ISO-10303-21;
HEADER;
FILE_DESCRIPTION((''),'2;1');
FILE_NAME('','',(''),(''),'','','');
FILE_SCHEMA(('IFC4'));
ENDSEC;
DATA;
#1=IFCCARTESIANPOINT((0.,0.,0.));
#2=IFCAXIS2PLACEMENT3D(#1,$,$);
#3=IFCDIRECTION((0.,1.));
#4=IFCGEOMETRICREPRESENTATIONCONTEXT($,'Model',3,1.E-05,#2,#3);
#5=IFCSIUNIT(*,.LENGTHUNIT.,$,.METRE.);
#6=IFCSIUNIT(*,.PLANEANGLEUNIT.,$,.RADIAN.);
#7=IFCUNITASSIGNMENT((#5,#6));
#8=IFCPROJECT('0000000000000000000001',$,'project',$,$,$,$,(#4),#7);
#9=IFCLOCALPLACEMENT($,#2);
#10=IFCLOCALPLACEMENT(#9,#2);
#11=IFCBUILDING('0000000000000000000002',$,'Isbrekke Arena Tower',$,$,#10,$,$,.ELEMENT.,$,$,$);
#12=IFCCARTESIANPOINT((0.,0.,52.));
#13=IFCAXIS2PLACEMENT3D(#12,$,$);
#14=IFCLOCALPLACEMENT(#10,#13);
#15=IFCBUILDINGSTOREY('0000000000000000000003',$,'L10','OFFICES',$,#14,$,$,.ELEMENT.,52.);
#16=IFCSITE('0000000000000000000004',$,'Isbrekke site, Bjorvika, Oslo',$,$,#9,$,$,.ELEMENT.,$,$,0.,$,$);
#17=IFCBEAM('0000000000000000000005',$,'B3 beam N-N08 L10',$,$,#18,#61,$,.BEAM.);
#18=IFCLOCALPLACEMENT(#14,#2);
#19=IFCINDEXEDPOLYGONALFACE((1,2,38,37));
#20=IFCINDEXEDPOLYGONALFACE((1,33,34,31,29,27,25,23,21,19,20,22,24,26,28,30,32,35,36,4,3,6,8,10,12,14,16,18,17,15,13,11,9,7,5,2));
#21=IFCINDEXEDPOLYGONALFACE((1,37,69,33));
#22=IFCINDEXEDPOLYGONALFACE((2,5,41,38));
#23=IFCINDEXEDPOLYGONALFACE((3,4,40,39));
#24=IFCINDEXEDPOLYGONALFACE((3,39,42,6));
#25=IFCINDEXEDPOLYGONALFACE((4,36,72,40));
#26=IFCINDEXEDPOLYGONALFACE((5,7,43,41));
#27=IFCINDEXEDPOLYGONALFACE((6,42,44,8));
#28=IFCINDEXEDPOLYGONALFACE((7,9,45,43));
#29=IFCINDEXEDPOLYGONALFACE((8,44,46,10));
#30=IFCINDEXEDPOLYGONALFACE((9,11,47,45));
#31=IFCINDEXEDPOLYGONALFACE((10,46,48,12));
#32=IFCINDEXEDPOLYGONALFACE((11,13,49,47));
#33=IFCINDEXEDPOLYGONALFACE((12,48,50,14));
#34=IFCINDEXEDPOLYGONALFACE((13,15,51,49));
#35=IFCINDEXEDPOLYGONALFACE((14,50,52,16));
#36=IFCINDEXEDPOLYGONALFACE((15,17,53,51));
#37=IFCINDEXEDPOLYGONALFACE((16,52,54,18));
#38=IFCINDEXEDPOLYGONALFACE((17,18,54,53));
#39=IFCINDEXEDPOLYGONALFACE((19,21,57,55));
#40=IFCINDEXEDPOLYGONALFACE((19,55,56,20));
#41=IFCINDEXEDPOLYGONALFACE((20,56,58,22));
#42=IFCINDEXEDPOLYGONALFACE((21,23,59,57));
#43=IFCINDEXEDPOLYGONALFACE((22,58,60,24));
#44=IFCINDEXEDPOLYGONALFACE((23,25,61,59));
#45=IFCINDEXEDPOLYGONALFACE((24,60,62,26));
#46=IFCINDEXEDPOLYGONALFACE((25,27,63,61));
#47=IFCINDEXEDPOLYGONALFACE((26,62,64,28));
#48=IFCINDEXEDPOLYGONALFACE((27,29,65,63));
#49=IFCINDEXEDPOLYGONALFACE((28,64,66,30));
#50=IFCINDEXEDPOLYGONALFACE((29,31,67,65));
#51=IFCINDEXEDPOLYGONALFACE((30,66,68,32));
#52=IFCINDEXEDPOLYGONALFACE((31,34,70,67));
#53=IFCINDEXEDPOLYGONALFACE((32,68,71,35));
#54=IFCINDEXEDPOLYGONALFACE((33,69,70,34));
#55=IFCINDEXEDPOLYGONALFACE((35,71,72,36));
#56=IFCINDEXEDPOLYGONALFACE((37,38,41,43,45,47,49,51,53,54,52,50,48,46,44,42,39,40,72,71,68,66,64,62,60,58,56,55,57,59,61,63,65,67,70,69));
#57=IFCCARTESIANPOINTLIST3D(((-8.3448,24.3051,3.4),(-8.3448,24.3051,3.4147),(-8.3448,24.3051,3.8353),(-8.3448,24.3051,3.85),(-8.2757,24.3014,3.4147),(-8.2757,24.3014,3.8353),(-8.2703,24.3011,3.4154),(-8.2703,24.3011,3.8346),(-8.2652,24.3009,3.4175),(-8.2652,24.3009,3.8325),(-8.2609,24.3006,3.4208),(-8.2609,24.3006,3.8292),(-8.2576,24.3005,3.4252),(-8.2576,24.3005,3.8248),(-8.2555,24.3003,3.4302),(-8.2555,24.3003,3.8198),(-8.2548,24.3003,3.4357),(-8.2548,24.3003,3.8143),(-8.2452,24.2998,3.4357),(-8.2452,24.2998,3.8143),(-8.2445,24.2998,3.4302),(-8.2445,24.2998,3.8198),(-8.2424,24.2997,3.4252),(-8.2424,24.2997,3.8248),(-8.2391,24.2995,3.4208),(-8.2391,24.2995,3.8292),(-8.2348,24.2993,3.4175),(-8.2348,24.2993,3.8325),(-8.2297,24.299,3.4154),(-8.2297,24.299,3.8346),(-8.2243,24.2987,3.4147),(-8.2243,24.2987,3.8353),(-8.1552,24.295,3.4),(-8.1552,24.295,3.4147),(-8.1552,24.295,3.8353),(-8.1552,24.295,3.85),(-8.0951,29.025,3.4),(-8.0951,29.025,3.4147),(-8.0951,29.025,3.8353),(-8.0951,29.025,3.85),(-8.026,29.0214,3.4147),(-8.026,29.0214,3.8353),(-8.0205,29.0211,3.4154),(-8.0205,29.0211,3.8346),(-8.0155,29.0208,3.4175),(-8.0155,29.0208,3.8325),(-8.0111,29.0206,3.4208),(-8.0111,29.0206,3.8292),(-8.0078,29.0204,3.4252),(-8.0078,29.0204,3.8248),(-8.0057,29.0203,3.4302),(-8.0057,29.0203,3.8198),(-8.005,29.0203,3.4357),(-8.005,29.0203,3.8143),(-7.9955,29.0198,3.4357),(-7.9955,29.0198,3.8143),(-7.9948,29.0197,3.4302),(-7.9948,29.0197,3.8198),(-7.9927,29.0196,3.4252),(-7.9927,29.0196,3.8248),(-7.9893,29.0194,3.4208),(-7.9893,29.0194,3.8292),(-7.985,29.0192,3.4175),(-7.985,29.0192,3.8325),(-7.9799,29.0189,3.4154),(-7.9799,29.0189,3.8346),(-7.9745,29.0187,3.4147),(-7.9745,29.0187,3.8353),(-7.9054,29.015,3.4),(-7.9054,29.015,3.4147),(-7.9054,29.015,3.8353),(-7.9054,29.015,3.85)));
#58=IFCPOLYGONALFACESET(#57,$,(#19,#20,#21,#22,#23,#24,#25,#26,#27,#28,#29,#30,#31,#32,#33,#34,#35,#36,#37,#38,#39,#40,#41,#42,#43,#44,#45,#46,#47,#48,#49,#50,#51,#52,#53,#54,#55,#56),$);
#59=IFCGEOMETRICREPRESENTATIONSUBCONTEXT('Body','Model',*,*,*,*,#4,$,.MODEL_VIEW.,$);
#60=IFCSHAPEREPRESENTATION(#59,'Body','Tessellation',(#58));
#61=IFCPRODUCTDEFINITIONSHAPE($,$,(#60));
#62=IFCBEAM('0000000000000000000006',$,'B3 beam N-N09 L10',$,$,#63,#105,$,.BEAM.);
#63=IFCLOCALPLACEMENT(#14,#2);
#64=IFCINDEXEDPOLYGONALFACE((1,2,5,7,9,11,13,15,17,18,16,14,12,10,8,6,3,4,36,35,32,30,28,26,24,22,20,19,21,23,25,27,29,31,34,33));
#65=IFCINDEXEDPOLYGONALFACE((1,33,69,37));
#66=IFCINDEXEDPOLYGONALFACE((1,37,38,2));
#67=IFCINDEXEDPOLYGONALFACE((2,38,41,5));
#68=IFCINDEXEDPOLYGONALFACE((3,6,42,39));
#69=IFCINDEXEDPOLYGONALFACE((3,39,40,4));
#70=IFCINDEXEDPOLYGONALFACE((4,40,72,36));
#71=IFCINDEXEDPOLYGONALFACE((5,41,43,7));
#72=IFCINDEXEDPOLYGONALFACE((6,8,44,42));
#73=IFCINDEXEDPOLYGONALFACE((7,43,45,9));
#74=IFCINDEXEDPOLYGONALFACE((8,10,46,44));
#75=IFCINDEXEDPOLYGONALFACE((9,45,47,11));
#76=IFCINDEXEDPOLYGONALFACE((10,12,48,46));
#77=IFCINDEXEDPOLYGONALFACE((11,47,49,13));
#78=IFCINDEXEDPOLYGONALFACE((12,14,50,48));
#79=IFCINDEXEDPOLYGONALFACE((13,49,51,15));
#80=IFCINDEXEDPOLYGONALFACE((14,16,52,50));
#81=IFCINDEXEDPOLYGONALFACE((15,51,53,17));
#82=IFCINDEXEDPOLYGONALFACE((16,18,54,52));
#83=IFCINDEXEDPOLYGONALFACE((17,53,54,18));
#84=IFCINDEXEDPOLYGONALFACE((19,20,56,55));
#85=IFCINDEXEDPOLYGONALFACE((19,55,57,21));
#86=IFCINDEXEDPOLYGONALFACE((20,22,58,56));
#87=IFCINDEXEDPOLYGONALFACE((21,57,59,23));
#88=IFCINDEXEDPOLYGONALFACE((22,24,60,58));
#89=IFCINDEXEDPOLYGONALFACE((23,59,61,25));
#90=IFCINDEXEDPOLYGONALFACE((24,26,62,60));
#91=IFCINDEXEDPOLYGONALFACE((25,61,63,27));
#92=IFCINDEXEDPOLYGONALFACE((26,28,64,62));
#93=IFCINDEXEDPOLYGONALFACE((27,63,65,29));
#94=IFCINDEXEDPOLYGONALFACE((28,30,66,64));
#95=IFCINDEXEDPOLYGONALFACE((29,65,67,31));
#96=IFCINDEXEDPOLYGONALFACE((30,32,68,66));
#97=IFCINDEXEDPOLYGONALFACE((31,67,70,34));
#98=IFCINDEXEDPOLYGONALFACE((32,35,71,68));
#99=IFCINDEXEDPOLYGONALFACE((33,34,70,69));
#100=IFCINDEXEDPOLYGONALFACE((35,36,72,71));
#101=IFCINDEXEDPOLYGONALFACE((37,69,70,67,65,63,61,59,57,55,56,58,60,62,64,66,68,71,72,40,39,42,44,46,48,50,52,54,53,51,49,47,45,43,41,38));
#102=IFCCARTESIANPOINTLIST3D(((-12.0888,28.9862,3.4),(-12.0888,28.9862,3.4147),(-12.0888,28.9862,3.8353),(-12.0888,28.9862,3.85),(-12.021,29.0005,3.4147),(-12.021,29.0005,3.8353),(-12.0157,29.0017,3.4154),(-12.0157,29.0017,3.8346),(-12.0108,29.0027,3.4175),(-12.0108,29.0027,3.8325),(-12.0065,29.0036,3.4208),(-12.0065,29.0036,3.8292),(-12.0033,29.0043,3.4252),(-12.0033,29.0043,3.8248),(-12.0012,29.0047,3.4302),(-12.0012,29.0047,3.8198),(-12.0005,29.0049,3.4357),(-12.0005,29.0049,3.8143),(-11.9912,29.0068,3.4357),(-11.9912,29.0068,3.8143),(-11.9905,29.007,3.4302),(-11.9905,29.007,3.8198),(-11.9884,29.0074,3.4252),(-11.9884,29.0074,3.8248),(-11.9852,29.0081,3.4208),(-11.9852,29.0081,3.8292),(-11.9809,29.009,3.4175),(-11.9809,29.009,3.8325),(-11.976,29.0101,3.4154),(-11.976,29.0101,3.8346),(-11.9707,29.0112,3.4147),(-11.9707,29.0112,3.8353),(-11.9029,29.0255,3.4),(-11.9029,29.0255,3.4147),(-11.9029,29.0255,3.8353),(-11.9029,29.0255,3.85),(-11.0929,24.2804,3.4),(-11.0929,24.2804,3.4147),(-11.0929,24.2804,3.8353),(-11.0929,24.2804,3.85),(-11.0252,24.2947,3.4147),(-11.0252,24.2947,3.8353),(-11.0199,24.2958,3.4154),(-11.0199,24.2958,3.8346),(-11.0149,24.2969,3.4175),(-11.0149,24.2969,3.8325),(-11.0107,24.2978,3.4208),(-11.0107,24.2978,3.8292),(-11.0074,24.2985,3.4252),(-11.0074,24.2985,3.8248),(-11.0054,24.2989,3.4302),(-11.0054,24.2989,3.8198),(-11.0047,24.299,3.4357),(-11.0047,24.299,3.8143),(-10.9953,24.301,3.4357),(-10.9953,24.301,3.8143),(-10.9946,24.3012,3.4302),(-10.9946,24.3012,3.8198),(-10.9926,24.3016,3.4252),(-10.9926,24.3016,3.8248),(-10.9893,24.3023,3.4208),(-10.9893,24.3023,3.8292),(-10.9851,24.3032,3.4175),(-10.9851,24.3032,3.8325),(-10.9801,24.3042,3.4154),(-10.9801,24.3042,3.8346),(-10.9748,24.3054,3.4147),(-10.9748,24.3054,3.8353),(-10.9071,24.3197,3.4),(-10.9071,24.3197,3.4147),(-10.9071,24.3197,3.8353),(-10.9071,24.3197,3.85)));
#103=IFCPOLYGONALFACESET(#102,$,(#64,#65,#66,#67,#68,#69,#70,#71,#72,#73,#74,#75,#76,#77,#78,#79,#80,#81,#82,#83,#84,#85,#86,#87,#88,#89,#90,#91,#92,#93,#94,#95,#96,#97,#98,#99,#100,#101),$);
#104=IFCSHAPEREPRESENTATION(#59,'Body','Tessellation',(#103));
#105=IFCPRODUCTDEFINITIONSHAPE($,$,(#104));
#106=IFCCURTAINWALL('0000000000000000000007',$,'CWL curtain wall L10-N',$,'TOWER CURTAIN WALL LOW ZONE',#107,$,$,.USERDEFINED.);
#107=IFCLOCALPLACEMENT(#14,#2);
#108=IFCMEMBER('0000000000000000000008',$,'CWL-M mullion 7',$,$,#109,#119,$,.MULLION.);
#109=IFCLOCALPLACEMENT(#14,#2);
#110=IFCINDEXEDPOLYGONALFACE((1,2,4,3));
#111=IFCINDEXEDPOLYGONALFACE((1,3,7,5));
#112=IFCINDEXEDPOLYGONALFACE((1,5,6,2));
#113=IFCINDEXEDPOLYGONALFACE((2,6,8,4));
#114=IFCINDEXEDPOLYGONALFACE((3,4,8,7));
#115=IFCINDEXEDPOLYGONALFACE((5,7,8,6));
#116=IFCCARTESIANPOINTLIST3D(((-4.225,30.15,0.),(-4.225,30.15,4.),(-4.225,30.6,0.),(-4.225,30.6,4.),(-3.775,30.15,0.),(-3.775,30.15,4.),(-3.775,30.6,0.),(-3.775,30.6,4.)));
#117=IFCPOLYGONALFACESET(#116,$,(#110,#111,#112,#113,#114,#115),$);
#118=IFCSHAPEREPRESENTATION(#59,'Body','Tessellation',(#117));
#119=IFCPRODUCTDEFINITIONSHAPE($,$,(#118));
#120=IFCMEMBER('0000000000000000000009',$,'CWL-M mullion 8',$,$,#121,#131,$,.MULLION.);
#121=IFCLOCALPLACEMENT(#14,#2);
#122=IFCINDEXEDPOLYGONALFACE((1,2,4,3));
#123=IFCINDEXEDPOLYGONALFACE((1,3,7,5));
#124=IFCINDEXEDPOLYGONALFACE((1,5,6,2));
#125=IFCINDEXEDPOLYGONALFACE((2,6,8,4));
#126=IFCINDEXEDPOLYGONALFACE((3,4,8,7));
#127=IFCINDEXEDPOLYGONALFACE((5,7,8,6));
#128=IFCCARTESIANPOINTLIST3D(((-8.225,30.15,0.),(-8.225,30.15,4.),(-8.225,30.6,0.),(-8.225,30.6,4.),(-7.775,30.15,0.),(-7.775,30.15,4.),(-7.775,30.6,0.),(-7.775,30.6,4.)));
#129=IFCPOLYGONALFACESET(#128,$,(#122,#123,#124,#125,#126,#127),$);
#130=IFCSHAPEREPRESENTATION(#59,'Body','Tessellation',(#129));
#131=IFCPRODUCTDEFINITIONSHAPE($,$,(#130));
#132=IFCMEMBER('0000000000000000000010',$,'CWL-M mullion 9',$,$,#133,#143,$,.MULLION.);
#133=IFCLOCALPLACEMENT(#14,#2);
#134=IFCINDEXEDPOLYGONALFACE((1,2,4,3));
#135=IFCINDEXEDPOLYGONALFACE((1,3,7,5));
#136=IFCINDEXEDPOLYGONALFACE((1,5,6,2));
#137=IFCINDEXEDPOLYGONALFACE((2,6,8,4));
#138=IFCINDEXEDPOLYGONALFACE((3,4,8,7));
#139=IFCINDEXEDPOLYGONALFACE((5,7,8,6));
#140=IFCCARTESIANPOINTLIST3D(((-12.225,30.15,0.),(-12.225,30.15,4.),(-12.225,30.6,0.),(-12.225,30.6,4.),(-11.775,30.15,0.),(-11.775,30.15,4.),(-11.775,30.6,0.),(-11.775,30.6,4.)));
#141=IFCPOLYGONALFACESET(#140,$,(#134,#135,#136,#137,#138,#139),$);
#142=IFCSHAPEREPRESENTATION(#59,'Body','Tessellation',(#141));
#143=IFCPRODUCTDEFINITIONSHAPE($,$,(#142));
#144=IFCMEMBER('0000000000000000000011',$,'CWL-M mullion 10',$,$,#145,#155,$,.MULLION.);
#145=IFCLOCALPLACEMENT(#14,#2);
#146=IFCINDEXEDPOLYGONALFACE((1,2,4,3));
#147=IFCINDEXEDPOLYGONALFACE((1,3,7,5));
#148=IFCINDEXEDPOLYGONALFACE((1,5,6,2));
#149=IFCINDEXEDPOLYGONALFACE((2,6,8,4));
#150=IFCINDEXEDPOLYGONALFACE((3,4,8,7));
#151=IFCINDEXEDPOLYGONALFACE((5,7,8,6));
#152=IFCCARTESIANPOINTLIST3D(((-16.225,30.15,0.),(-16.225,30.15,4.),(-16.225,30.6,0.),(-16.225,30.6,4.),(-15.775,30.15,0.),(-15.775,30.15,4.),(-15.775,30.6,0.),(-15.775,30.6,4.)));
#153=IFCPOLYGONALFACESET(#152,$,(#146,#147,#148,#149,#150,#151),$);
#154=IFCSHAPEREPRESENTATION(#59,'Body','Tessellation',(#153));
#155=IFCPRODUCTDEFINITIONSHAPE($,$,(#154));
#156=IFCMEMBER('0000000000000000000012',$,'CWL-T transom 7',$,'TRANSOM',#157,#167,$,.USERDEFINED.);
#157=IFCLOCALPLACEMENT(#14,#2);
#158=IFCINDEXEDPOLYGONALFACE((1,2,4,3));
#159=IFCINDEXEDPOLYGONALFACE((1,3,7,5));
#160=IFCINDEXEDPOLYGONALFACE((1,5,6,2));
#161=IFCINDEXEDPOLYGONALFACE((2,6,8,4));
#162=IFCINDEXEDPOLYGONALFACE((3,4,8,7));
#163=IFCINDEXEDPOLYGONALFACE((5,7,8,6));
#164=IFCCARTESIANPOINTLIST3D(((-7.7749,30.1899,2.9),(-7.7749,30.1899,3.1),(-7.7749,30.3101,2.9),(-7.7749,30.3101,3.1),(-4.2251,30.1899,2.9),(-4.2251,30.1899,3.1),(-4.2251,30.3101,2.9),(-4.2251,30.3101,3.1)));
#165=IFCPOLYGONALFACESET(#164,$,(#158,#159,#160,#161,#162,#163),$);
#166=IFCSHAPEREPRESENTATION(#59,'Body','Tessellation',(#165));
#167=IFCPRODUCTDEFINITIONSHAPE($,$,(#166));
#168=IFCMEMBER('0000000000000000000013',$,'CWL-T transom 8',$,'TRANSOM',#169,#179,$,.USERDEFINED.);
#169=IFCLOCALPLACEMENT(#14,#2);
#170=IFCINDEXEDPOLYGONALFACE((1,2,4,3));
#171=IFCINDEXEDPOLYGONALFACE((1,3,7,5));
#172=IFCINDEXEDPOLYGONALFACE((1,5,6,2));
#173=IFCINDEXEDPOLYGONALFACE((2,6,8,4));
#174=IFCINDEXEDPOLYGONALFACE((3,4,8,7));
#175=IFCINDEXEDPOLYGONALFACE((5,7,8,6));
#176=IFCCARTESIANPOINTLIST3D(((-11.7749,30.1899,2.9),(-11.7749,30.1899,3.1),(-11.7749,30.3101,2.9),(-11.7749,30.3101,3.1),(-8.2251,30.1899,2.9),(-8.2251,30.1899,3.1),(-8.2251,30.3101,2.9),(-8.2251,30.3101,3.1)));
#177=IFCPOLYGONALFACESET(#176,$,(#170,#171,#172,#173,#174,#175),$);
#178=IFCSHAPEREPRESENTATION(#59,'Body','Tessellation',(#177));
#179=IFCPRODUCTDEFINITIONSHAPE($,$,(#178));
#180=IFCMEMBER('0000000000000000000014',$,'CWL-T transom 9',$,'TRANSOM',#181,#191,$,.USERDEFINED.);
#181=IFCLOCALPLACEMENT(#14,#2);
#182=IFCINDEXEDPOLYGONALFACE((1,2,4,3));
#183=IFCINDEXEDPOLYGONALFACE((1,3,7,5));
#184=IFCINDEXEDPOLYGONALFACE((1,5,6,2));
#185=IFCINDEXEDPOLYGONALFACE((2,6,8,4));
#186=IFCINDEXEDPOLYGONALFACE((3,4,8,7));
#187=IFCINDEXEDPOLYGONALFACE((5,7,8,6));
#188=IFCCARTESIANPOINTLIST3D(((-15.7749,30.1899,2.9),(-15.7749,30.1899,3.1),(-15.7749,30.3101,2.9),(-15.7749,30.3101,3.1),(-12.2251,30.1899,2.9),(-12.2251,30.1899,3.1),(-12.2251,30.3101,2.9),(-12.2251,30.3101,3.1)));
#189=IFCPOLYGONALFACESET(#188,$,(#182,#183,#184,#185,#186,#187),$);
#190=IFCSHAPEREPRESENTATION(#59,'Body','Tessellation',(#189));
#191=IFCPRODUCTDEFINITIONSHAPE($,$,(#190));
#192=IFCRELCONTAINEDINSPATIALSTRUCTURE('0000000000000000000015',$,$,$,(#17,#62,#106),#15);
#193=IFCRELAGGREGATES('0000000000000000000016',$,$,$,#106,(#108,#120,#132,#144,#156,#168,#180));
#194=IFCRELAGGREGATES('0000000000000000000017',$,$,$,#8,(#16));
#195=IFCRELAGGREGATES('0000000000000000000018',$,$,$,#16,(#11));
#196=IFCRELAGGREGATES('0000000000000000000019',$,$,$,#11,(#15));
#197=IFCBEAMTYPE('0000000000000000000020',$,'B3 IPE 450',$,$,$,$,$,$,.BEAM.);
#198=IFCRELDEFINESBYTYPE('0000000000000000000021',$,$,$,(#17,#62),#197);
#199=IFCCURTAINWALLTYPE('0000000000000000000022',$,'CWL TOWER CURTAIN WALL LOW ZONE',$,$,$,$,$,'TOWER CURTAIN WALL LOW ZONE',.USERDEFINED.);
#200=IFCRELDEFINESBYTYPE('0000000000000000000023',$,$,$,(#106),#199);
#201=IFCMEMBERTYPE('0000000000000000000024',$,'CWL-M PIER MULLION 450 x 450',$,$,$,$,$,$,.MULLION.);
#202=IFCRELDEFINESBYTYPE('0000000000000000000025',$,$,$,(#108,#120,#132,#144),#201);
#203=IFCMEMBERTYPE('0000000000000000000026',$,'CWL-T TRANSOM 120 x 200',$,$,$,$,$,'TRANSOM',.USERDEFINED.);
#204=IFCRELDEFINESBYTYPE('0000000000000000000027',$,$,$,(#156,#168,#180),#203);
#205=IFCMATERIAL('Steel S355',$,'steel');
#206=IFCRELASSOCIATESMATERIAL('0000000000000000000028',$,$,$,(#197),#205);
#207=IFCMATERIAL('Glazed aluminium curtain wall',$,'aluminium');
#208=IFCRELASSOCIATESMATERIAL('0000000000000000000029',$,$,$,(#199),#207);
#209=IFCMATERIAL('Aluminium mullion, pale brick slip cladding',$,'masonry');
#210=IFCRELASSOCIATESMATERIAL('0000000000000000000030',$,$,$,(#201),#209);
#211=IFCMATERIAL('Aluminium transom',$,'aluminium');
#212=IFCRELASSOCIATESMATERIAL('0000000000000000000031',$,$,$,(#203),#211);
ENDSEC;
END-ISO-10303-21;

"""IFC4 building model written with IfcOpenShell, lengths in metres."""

from ifc_helpers import new_model, si_unit, direction, frame, origin, origin_2d, place, context, subcontext, project, spatial, rectangle, i_section, extrude, material, material_profile, profile_set, type_object, element, aggregate, save


model = new_model("IFC4")

# Units and contexts
model_context = context("Model", 3, precision=1e-05, world=origin(), true_north=direction((0.0, 1.0)))
body_context = subcontext(model_context, "Body", "Model", "MODEL_VIEW")
ifc_project = project(units=[si_unit("LENGTHUNIT", "METRE"), si_unit("PLANEANGLEUNIT", "RADIAN")], contexts=[model_context])

# Site, building, storey
site_placement = place(None, origin())
site = spatial("IfcSite", under=ifc_project, at=site_placement, Name="Isbrekke site, Bjorvika, Oslo", CompositionType="ELEMENT", RefElevation=0.0)
building_placement = place(site_placement, origin())
building = spatial("IfcBuilding", under=site, at=building_placement, Name="Isbrekke Arena Tower", CompositionType="ELEMENT")
storey_placement = place(building_placement, frame((0.0, 0.0, 52.0)))
storey = spatial("IfcBuildingStorey", under=building, at=storey_placement, Name="L10", Description="OFFICES", CompositionType="ELEMENT", Elevation=52.0)

# Beams
ifc_material_1 = material(Name="Steel S355", Category="steel")
ifc_material_profile_1 = material_profile(ifc_material_1, i_section(OverallWidth=0.1899, OverallDepth=0.45, WebThickness=0.0095, FlangeThickness=0.0146, FilletRadius=0.021, at=origin_2d()), Name="IPE 450")
ifc_profile_set_1 = profile_set([ifc_material_profile_1], Name="Steel S355")
beam_type_1 = type_object("IfcBeamType", Name="B3 IPE 450", PredefinedType="BEAM", material=ifc_profile_set_1)
beam_1_placement = place(storey_placement, frame((-8.0002, 29.02, 3.625), z_axis=(-0.052841, -0.998603, 0.0), x_axis=(0.998603, -0.052841, 0.0)))
element("IfcBeam", 1, at=beam_1_placement, inside=storey, type_object=beam_type_1, Name="B3 beam N-N08 L10", PredefinedType="BEAM", context=body_context, shape_type="SweptSolid", body=[
    extrude(i_section(OverallWidth=0.1899, OverallDepth=0.45, WebThickness=0.0095, FlangeThickness=0.0146, FilletRadius=0.021, at=origin_2d()), origin(), (0.0, 0.0, 1.0), 4.7266),
])
beam_2_placement = place(storey_placement, frame((-11.9958, 29.0059, 3.625), z_axis=(0.207036, -0.978333, 0.0), x_axis=(0.978333, 0.207036, 0.0)))
element("IfcBeam", 2, at=beam_2_placement, inside=storey, type_object=beam_type_1, Name="B3 beam N-N09 L10", PredefinedType="BEAM", context=body_context, shape_type="SweptSolid", body=[
    extrude(i_section(OverallWidth=0.1899, OverallDepth=0.45, WebThickness=0.0095, FlangeThickness=0.0146, FilletRadius=0.021, at=origin_2d()), origin(), (0.0, 0.0, 1.0), 4.8101),
])

# Curtain wall, members
ifc_material_2 = material(Name="Glazed aluminium curtain wall", Category="aluminium")
curtain_wall_type = type_object("IfcCurtainWallType", Name="CWL TOWER CURTAIN WALL LOW ZONE", ElementType="TOWER CURTAIN WALL LOW ZONE", PredefinedType="USERDEFINED", material=ifc_material_2)
curtain_wall_placement = place(storey_placement, origin())
curtain_wall = element("IfcCurtainWall", 3, at=curtain_wall_placement, inside=storey, type_object=curtain_wall_type, Name="CWL curtain wall L10-N", ObjectType="TOWER CURTAIN WALL LOW ZONE", PredefinedType="USERDEFINED")
ifc_material_3 = material(Name="Aluminium mullion, pale brick slip cladding", Category="masonry")
ifc_material_profile_2 = material_profile(ifc_material_3, rectangle(XDim=0.45, YDim=0.45, at=origin_2d()), Name="PIER 450X450")
ifc_profile_set_2 = profile_set([ifc_material_profile_2], Name="Aluminium mullion, pale brick slip cladding")
member_type_1 = type_object("IfcMemberType", Name="CWL-M PIER MULLION 450 x 450", PredefinedType="MULLION", material=ifc_profile_set_2)
member_1_placement = place(storey_placement, frame((-4.0, 30.375, 0.0), z_axis=(0.0, 0.0, 1.0), x_axis=(-1.0, 0.0, 0.0)))
member_1 = element("IfcMember", 4, at=member_1_placement, type_object=member_type_1, Name="CWL-M mullion 7", PredefinedType="MULLION", context=body_context, shape_type="SweptSolid", body=[
    extrude(rectangle(XDim=0.45, YDim=0.45, at=origin_2d()), origin(), (0.0, 0.0, 1.0), 4.0),
])
member_2_placement = place(storey_placement, frame((-8.0, 30.375, 0.0), z_axis=(0.0, 0.0, 1.0), x_axis=(-1.0, 0.0, 0.0)))
member_2 = element("IfcMember", 5, at=member_2_placement, type_object=member_type_1, Name="CWL-M mullion 8", PredefinedType="MULLION", context=body_context, shape_type="SweptSolid", body=[
    extrude(rectangle(XDim=0.45, YDim=0.45, at=origin_2d()), origin(), (0.0, 0.0, 1.0), 4.0),
])
member_3_placement = place(storey_placement, frame((-12.0, 30.375, 0.0), z_axis=(0.0, 0.0, 1.0), x_axis=(-1.0, 0.0, 0.0)))
member_3 = element("IfcMember", 6, at=member_3_placement, type_object=member_type_1, Name="CWL-M mullion 9", PredefinedType="MULLION", context=body_context, shape_type="SweptSolid", body=[
    extrude(rectangle(XDim=0.45, YDim=0.45, at=origin_2d()), origin(), (0.0, 0.0, 1.0), 4.0),
])
member_4_placement = place(storey_placement, frame((-16.0, 30.375, 0.0), z_axis=(0.0, 0.0, 1.0), x_axis=(-1.0, 0.0, 0.0)))
member_4 = element("IfcMember", 7, at=member_4_placement, type_object=member_type_1, Name="CWL-M mullion 10", PredefinedType="MULLION", context=body_context, shape_type="SweptSolid", body=[
    extrude(rectangle(XDim=0.45, YDim=0.45, at=origin_2d()), origin(), (0.0, 0.0, 1.0), 4.0),
])
ifc_material_4 = material(Name="Aluminium transom", Category="aluminium")
ifc_material_profile_3 = material_profile(ifc_material_4, rectangle(XDim=0.1201, YDim=0.2, at=origin_2d()), Name="TRANSOM 120X200")
ifc_profile_set_3 = profile_set([ifc_material_profile_3], Name="Aluminium transom")
member_type_2 = type_object("IfcMemberType", Name="CWL-T TRANSOM 120 x 200", ElementType="TRANSOM", PredefinedType="USERDEFINED", material=ifc_profile_set_3)
member_5_placement = place(storey_placement, frame((-4.2251, 30.25, 3.0), z_axis=(-1.0, 0.0, 0.0), x_axis=(0.0, -1.0, 0.0)))
member_5 = element("IfcMember", 8, at=member_5_placement, type_object=member_type_2, Name="CWL-T transom 7", ObjectType="TRANSOM", PredefinedType="USERDEFINED", context=body_context, shape_type="SweptSolid", body=[
    extrude(rectangle(XDim=0.1201, YDim=0.2, at=origin_2d()), origin(), (0.0, 0.0, 1.0), 3.5498),
])
member_6_placement = place(storey_placement, frame((-8.2251, 30.25, 3.0), z_axis=(-1.0, 0.0, 0.0), x_axis=(0.0, -1.0, 0.0)))
member_6 = element("IfcMember", 9, at=member_6_placement, type_object=member_type_2, Name="CWL-T transom 8", ObjectType="TRANSOM", PredefinedType="USERDEFINED", context=body_context, shape_type="SweptSolid", body=[
    extrude(rectangle(XDim=0.1201, YDim=0.2, at=origin_2d()), origin(), (0.0, 0.0, 1.0), 3.5498),
])
member_7_placement = place(storey_placement, frame((-12.2251, 30.25, 3.0), z_axis=(-1.0, 0.0, 0.0), x_axis=(0.0, -1.0, 0.0)))
member_7 = element("IfcMember", 10, at=member_7_placement, type_object=member_type_2, Name="CWL-T transom 9", ObjectType="TRANSOM", PredefinedType="USERDEFINED", context=body_context, shape_type="SweptSolid", body=[
    extrude(rectangle(XDim=0.1201, YDim=0.2, at=origin_2d()), origin(), (0.0, 0.0, 1.0), 3.5498),
])

aggregate(curtain_wall, [member_1, member_2, member_3, member_4, member_5, member_6, member_7])

save(model, "model.ifc")
